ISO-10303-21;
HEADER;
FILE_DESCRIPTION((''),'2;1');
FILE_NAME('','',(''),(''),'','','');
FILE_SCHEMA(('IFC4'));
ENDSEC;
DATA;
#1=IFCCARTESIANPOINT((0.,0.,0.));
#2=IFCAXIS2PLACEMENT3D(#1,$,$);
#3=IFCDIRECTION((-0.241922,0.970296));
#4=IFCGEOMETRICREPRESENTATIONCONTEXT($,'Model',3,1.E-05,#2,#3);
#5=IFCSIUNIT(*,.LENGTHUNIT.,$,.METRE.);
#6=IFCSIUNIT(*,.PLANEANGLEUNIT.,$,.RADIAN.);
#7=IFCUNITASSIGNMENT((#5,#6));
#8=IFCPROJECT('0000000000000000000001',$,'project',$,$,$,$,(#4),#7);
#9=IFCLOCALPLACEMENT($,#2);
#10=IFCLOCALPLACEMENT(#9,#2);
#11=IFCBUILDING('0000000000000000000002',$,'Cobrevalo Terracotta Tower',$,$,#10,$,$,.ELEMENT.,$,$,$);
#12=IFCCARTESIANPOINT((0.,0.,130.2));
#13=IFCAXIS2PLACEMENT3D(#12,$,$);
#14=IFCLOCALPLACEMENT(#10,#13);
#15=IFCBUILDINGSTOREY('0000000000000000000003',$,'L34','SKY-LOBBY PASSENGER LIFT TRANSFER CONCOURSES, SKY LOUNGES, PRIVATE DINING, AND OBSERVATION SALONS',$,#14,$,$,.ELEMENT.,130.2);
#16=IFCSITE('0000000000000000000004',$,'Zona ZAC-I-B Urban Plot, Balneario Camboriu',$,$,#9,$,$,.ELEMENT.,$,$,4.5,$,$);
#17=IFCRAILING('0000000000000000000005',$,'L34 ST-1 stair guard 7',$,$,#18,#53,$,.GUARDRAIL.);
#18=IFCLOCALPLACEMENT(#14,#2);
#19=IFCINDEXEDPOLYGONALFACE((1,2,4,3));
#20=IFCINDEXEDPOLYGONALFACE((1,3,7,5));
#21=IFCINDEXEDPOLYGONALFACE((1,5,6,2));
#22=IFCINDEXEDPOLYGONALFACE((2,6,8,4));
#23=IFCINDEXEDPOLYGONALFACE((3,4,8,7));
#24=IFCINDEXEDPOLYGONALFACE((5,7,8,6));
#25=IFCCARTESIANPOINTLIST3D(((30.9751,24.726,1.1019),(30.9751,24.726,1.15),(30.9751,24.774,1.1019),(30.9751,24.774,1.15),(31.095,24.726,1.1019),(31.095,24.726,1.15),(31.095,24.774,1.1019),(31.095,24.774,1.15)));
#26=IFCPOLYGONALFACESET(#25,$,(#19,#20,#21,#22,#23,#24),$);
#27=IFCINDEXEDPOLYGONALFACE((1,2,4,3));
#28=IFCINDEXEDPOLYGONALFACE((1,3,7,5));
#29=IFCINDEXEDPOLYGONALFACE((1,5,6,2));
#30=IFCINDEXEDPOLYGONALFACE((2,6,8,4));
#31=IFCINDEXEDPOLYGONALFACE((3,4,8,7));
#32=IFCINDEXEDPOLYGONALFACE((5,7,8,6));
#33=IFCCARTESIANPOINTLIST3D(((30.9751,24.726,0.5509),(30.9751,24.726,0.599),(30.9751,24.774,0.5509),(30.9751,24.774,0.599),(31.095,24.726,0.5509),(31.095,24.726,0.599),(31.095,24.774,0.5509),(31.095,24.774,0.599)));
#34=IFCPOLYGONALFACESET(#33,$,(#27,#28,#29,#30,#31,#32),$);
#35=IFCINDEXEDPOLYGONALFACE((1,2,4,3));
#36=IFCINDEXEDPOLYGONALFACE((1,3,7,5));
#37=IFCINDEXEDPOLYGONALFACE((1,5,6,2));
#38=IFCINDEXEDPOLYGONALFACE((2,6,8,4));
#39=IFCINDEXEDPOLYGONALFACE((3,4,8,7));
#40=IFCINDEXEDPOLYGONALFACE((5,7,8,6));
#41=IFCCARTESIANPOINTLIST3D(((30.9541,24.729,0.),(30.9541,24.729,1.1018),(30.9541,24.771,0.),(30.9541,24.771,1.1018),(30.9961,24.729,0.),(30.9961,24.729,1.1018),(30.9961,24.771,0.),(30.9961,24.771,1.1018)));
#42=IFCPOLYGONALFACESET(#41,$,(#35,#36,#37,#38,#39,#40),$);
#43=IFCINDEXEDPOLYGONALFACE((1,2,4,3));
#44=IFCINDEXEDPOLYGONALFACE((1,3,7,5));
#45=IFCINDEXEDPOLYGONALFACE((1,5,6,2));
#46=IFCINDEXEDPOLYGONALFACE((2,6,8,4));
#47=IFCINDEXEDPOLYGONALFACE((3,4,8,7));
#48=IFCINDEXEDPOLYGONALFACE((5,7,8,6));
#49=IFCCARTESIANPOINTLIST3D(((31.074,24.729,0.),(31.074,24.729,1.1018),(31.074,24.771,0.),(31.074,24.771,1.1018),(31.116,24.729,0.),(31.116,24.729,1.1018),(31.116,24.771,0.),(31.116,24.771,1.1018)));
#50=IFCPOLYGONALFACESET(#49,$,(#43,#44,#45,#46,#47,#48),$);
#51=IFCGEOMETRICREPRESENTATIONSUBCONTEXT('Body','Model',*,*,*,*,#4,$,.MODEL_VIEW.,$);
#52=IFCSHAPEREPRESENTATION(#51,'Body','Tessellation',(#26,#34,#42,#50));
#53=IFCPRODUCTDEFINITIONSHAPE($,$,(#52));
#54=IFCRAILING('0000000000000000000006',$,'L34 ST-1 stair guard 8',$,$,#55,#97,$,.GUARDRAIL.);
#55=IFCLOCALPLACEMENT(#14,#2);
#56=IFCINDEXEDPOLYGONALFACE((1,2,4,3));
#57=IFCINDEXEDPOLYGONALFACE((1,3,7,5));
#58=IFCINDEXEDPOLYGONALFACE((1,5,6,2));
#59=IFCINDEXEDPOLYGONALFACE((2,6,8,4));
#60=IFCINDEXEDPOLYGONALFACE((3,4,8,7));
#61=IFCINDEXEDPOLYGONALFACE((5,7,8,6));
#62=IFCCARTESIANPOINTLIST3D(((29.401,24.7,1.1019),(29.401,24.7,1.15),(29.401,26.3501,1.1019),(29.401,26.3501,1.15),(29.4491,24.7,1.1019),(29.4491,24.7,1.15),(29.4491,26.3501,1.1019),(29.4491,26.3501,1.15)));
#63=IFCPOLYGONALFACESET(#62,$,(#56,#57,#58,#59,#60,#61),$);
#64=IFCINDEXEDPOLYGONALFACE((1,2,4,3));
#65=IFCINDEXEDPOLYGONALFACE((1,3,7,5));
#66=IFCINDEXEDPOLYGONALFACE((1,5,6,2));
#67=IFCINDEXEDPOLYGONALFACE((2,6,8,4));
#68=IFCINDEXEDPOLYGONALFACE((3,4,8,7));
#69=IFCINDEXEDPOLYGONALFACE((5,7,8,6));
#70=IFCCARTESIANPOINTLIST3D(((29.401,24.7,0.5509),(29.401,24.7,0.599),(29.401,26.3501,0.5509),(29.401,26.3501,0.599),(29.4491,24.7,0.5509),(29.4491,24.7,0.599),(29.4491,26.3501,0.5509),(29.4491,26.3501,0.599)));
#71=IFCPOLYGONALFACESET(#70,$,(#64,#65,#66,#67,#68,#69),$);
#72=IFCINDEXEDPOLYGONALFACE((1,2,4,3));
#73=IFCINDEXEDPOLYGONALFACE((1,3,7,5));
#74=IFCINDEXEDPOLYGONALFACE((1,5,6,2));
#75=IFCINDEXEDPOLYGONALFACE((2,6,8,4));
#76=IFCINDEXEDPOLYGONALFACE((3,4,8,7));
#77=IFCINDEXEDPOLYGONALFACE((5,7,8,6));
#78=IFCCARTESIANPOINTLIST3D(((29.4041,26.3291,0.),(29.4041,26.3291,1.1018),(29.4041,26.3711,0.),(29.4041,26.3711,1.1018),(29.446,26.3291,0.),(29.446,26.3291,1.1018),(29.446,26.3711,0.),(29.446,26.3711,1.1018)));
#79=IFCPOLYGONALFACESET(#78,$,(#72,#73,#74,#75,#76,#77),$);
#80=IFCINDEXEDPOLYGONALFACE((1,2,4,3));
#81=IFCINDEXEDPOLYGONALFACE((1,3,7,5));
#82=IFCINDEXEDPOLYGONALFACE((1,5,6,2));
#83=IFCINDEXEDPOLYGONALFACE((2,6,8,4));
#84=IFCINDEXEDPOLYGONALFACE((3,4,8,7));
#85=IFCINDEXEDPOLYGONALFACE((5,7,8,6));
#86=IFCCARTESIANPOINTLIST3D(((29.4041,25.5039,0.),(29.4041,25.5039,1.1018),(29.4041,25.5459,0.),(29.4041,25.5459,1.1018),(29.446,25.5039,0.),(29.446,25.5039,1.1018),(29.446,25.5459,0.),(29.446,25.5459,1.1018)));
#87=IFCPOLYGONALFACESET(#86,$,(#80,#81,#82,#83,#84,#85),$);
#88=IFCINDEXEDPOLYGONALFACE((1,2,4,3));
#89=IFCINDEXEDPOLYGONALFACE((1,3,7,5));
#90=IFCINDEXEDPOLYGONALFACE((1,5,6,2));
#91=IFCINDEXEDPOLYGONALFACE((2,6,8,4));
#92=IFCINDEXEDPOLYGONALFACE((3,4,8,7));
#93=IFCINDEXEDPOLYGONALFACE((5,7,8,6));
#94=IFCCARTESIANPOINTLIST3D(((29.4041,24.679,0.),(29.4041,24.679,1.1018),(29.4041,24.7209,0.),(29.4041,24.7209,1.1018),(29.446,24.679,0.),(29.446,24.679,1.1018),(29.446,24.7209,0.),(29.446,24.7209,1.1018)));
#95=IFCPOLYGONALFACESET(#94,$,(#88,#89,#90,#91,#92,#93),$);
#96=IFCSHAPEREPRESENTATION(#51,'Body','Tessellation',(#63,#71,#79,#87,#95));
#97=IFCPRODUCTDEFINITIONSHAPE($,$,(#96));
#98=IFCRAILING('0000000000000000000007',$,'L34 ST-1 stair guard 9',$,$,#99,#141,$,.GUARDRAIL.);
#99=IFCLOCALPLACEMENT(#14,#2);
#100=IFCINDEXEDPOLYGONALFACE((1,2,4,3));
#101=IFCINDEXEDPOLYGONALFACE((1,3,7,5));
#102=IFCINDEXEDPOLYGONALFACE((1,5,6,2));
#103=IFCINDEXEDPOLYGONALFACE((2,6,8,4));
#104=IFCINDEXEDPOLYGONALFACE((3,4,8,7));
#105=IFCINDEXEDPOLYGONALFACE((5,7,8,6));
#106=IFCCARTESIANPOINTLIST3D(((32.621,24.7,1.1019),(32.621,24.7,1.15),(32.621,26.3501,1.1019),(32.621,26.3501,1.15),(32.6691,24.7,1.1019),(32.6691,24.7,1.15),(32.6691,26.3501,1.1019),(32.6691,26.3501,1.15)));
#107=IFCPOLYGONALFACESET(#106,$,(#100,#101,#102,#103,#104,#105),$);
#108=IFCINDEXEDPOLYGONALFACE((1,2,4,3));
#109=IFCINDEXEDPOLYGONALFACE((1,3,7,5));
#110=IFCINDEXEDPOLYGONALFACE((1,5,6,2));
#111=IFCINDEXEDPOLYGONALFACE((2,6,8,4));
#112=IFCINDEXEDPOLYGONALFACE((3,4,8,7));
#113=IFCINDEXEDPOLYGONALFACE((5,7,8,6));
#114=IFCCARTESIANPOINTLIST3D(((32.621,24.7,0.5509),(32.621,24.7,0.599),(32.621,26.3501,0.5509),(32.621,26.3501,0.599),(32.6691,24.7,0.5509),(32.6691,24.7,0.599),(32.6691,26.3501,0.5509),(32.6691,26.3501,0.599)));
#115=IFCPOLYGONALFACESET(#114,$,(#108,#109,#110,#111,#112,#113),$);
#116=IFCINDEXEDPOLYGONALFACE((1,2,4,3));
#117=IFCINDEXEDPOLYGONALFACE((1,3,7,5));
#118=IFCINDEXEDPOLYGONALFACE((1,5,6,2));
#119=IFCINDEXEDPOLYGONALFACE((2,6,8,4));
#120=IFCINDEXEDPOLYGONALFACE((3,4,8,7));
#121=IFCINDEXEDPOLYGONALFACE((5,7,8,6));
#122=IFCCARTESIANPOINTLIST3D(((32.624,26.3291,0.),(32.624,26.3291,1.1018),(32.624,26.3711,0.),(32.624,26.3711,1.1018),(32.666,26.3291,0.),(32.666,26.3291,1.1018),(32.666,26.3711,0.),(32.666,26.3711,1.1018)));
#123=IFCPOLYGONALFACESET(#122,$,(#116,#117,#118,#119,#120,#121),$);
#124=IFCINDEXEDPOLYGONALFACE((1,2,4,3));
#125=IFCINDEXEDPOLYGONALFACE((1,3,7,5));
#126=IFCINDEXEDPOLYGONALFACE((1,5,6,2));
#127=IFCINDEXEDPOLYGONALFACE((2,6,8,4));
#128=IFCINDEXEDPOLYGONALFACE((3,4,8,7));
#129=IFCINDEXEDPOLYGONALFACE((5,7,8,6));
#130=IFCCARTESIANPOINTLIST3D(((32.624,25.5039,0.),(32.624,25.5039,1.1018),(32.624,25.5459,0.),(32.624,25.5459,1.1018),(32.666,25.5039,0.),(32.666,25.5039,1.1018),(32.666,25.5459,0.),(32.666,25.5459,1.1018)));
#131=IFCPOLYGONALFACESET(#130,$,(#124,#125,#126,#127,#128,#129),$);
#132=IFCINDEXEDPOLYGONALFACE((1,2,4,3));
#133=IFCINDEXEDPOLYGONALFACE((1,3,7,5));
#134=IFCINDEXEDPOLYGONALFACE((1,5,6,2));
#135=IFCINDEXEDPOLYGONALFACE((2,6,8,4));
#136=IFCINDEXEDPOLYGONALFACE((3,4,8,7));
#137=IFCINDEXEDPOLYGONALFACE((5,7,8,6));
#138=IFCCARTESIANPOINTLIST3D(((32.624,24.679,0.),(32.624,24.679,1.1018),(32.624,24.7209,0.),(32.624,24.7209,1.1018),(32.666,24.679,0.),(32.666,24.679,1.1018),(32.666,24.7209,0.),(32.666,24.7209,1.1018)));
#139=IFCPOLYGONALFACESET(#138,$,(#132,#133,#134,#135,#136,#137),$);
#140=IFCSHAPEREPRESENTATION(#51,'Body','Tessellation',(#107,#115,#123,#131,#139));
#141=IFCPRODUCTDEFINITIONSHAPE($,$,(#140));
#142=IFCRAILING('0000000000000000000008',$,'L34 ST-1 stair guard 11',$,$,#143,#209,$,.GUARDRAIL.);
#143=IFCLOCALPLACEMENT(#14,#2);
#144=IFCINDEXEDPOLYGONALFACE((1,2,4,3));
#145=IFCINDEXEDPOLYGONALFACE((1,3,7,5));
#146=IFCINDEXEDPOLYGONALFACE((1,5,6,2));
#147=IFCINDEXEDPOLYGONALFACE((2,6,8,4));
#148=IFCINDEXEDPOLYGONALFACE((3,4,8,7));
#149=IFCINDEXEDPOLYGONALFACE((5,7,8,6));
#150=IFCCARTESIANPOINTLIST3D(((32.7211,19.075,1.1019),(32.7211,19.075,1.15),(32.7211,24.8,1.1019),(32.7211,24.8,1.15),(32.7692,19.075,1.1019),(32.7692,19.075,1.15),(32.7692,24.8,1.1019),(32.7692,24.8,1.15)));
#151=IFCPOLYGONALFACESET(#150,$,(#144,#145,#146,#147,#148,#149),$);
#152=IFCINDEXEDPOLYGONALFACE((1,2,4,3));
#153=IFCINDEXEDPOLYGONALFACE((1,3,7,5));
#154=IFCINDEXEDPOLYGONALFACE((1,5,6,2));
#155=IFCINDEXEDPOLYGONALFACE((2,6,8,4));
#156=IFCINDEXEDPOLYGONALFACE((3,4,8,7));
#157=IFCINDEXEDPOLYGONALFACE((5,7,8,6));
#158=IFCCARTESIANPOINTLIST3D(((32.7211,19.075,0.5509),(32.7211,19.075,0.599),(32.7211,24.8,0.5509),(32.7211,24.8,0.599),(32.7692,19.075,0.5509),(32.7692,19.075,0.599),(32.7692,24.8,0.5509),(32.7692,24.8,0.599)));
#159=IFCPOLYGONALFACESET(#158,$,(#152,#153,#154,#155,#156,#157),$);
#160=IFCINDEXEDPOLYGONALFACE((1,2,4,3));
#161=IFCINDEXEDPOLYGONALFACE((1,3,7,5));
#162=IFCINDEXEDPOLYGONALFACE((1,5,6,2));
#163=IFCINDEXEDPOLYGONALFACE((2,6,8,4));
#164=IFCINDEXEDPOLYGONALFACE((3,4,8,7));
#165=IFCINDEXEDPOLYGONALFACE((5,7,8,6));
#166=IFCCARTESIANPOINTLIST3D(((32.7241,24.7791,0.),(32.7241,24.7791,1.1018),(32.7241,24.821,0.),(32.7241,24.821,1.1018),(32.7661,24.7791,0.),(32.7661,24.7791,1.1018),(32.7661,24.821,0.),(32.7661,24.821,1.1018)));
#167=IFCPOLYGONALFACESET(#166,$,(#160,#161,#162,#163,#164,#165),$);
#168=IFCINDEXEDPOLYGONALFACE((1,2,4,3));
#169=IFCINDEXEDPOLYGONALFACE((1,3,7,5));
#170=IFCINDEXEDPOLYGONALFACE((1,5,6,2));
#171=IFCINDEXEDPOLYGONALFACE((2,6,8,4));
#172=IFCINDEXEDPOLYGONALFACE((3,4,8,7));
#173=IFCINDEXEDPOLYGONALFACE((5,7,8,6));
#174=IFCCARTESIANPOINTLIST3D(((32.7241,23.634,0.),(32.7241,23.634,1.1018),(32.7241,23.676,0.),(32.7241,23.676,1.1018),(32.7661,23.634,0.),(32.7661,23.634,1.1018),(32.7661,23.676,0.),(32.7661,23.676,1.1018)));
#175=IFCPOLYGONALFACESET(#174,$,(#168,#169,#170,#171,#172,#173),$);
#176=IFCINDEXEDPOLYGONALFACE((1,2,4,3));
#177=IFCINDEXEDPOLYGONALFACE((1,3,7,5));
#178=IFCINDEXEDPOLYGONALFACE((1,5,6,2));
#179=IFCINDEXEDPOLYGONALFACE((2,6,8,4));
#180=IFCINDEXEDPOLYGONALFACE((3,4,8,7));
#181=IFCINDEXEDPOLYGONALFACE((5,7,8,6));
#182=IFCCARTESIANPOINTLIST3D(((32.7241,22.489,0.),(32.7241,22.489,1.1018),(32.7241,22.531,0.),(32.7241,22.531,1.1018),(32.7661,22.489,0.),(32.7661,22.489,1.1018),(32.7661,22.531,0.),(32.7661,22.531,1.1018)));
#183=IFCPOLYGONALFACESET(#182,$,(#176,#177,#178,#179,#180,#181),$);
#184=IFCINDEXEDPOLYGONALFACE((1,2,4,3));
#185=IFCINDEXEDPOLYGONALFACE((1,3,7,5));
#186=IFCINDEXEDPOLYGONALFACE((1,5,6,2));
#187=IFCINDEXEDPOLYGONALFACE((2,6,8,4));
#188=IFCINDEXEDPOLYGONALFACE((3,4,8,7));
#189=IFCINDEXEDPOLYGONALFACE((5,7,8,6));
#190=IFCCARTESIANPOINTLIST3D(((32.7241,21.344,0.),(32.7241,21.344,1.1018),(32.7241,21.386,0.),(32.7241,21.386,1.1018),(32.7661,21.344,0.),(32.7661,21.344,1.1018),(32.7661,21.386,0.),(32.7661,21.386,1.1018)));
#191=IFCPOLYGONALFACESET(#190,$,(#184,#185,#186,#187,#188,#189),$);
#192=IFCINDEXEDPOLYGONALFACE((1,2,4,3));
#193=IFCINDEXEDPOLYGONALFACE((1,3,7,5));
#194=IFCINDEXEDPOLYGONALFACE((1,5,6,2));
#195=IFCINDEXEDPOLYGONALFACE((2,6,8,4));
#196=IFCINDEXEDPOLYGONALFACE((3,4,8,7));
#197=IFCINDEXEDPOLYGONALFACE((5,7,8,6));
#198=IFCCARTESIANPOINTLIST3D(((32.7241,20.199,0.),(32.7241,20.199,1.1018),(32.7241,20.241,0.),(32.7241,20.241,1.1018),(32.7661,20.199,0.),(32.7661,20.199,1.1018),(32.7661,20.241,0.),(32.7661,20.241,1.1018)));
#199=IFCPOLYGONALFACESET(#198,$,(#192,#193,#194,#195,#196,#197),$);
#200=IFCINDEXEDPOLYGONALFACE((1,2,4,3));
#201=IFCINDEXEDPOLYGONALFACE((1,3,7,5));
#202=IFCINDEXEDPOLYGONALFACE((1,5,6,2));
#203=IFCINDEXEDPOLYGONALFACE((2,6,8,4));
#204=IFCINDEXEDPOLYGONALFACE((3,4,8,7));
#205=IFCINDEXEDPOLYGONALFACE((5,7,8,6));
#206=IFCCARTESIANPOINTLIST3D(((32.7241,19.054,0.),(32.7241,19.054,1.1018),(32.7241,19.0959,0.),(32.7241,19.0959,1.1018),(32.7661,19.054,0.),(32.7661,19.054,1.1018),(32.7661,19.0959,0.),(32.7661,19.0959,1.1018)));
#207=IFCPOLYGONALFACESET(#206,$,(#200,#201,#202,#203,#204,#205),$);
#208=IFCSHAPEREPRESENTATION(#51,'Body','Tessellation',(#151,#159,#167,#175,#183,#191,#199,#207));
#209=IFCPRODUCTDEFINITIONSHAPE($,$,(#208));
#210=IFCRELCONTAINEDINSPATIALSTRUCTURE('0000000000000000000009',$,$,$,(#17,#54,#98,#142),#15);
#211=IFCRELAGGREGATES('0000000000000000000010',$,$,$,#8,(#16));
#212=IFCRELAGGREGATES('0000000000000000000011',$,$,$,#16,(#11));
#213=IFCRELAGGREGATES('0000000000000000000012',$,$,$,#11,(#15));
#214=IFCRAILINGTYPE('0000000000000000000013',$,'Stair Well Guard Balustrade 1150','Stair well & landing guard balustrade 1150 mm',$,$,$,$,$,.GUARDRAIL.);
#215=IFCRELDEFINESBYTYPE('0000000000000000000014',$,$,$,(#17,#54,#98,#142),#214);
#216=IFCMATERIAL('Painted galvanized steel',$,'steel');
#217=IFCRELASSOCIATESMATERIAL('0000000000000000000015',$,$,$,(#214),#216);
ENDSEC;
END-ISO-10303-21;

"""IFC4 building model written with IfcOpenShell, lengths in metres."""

from ifc_helpers import new_model, si_unit, direction, frame, origin, origin_2d, place, context, subcontext, project, spatial, rectangle, extrude, material, type_object, element, save


model = new_model("IFC4")

# Units and contexts
model_context = context("Model", 3, precision=1e-05, world=origin(), true_north=direction((-0.241922, 0.970296)))
body_context = subcontext(model_context, "Body", "Model", "MODEL_VIEW")
ifc_project = project(units=[si_unit("LENGTHUNIT", "METRE"), si_unit("PLANEANGLEUNIT", "RADIAN")], contexts=[model_context])

# Site, building, storey
site_placement = place(None, origin())
site = spatial("IfcSite", under=ifc_project, at=site_placement, Name="Zona ZAC-I-B Urban Plot, Balneario Camboriu", CompositionType="ELEMENT", RefElevation=4.5)
building_placement = place(site_placement, origin())
building = spatial("IfcBuilding", under=site, at=building_placement, Name="Cobrevalo Terracotta Tower", CompositionType="ELEMENT")
storey_placement = place(building_placement, frame((0.0, 0.0, 130.2)))
storey = spatial("IfcBuildingStorey", under=building, at=storey_placement, Name="L34", Description="SKY-LOBBY PASSENGER LIFT TRANSFER CONCOURSES, SKY LOUNGES, PRIVATE DINING, AND OBSERVATION SALONS", CompositionType="ELEMENT", Elevation=130.2)

# Railings
ifc_material_1 = material(Name="Painted galvanized steel", Category="steel")
railing_type_1 = type_object("IfcRailingType", Name="Stair Well Guard Balustrade 1150", Description="Stair well & landing guard balustrade 1150 mm", PredefinedType="GUARDRAIL", material=ifc_material_1)
railing_1_placement = place(storey_placement, frame((30.9751, 24.75, 0.0)))
element("IfcRailing", 1, at=railing_1_placement, inside=storey, type_object=railing_type_1, Name="L34 ST-1 stair guard 7", PredefinedType="GUARDRAIL", context=body_context, shape_type="SweptSolid", body=[
    extrude(rectangle(XDim=0.0481, YDim=0.0481, at=origin_2d()), frame((0.0, 0.0, 1.126), z_axis=(1.0, 0.0, 0.0), x_axis=(0.0, 1.0, 0.0)), (0.0, 0.0, 1.0), 0.1199),
    extrude(rectangle(XDim=0.0481, YDim=0.0481, at=origin_2d()), frame((0.0, 0.0, 0.575), z_axis=(1.0, 0.0, 0.0), x_axis=(0.0, 1.0, 0.0)), (0.0, 0.0, 1.0), 0.1199),
    extrude(rectangle(XDim=0.042, YDim=0.042, at=origin_2d()), origin(), (0.0, 0.0, 1.0), 1.1018),
    extrude(rectangle(XDim=0.042, YDim=0.042, at=origin_2d()), frame((0.1199, 0.0, 0.0)), (0.0, 0.0, 1.0), 1.1018),
])
for number, where, name in (
    (2, (29.425, 26.3501, 0.0), "L34 ST-1 stair guard 8"),
    (3, (32.645, 26.3501, 0.0), "L34 ST-1 stair guard 9"),
):
    element("IfcRailing", number, at=place(storey_placement, frame(where)), inside=storey, type_object=railing_type_1, Name=name, PredefinedType="GUARDRAIL", context=body_context, shape_type="SweptSolid", body=[
        extrude(rectangle(XDim=0.0481, YDim=0.0481, at=origin_2d()), frame((0.0, 0.0, 1.126), z_axis=(0.0, -1.0, 0.0), x_axis=(1.0, 0.0, 0.0)), (0.0, 0.0, 1.0), 1.6501),
        extrude(rectangle(XDim=0.0481, YDim=0.0481, at=origin_2d()), frame((0.0, 0.0, 0.575), z_axis=(0.0, -1.0, 0.0), x_axis=(1.0, 0.0, 0.0)), (0.0, 0.0, 1.0), 1.6501),
        extrude(rectangle(XDim=0.042, YDim=0.042, at=origin_2d()), origin(), (0.0, 0.0, 1.0), 1.1018),
        extrude(rectangle(XDim=0.042, YDim=0.042, at=origin_2d()), frame((0.0, -0.8252, 0.0)), (0.0, 0.0, 1.0), 1.1018),
        extrude(rectangle(XDim=0.042, YDim=0.042, at=origin_2d()), frame((0.0, -1.6501, 0.0)), (0.0, 0.0, 1.0), 1.1018),
    ])
railing_2_placement = place(storey_placement, frame((32.7451, 24.8, 0.0)))
element("IfcRailing", 4, at=railing_2_placement, inside=storey, type_object=railing_type_1, Name="L34 ST-1 stair guard 11", PredefinedType="GUARDRAIL", context=body_context, shape_type="SweptSolid", body=[
    extrude(rectangle(XDim=0.0481, YDim=0.0481, at=origin_2d()), frame((0.0, 0.0, 1.126), z_axis=(0.0, -1.0, 0.0), x_axis=(1.0, 0.0, 0.0)), (0.0, 0.0, 1.0), 5.7251),
    extrude(rectangle(XDim=0.0481, YDim=0.0481, at=origin_2d()), frame((0.0, 0.0, 0.575), z_axis=(0.0, -1.0, 0.0), x_axis=(1.0, 0.0, 0.0)), (0.0, 0.0, 1.0), 5.7251),
    extrude(rectangle(XDim=0.042, YDim=0.042, at=origin_2d()), origin(), (0.0, 0.0, 1.0), 1.1018),
    extrude(rectangle(XDim=0.042, YDim=0.042, at=origin_2d()), frame((0.0, -1.145, 0.0)), (0.0, 0.0, 1.0), 1.1018),
    extrude(rectangle(XDim=0.042, YDim=0.042, at=origin_2d()), frame((0.0, -2.29, 0.0)), (0.0, 0.0, 1.0), 1.1018),
    extrude(rectangle(XDim=0.042, YDim=0.042, at=origin_2d()), frame((0.0, -3.4351, 0.0)), (0.0, 0.0, 1.0), 1.1018),
    extrude(rectangle(XDim=0.042, YDim=0.042, at=origin_2d()), frame((0.0, -4.5801, 0.0)), (0.0, 0.0, 1.0), 1.1018),
    extrude(rectangle(XDim=0.042, YDim=0.042, at=origin_2d()), frame((0.0, -5.7251, 0.0)), (0.0, 0.0, 1.0), 1.1018),
])

save(model, "model.ifc")
